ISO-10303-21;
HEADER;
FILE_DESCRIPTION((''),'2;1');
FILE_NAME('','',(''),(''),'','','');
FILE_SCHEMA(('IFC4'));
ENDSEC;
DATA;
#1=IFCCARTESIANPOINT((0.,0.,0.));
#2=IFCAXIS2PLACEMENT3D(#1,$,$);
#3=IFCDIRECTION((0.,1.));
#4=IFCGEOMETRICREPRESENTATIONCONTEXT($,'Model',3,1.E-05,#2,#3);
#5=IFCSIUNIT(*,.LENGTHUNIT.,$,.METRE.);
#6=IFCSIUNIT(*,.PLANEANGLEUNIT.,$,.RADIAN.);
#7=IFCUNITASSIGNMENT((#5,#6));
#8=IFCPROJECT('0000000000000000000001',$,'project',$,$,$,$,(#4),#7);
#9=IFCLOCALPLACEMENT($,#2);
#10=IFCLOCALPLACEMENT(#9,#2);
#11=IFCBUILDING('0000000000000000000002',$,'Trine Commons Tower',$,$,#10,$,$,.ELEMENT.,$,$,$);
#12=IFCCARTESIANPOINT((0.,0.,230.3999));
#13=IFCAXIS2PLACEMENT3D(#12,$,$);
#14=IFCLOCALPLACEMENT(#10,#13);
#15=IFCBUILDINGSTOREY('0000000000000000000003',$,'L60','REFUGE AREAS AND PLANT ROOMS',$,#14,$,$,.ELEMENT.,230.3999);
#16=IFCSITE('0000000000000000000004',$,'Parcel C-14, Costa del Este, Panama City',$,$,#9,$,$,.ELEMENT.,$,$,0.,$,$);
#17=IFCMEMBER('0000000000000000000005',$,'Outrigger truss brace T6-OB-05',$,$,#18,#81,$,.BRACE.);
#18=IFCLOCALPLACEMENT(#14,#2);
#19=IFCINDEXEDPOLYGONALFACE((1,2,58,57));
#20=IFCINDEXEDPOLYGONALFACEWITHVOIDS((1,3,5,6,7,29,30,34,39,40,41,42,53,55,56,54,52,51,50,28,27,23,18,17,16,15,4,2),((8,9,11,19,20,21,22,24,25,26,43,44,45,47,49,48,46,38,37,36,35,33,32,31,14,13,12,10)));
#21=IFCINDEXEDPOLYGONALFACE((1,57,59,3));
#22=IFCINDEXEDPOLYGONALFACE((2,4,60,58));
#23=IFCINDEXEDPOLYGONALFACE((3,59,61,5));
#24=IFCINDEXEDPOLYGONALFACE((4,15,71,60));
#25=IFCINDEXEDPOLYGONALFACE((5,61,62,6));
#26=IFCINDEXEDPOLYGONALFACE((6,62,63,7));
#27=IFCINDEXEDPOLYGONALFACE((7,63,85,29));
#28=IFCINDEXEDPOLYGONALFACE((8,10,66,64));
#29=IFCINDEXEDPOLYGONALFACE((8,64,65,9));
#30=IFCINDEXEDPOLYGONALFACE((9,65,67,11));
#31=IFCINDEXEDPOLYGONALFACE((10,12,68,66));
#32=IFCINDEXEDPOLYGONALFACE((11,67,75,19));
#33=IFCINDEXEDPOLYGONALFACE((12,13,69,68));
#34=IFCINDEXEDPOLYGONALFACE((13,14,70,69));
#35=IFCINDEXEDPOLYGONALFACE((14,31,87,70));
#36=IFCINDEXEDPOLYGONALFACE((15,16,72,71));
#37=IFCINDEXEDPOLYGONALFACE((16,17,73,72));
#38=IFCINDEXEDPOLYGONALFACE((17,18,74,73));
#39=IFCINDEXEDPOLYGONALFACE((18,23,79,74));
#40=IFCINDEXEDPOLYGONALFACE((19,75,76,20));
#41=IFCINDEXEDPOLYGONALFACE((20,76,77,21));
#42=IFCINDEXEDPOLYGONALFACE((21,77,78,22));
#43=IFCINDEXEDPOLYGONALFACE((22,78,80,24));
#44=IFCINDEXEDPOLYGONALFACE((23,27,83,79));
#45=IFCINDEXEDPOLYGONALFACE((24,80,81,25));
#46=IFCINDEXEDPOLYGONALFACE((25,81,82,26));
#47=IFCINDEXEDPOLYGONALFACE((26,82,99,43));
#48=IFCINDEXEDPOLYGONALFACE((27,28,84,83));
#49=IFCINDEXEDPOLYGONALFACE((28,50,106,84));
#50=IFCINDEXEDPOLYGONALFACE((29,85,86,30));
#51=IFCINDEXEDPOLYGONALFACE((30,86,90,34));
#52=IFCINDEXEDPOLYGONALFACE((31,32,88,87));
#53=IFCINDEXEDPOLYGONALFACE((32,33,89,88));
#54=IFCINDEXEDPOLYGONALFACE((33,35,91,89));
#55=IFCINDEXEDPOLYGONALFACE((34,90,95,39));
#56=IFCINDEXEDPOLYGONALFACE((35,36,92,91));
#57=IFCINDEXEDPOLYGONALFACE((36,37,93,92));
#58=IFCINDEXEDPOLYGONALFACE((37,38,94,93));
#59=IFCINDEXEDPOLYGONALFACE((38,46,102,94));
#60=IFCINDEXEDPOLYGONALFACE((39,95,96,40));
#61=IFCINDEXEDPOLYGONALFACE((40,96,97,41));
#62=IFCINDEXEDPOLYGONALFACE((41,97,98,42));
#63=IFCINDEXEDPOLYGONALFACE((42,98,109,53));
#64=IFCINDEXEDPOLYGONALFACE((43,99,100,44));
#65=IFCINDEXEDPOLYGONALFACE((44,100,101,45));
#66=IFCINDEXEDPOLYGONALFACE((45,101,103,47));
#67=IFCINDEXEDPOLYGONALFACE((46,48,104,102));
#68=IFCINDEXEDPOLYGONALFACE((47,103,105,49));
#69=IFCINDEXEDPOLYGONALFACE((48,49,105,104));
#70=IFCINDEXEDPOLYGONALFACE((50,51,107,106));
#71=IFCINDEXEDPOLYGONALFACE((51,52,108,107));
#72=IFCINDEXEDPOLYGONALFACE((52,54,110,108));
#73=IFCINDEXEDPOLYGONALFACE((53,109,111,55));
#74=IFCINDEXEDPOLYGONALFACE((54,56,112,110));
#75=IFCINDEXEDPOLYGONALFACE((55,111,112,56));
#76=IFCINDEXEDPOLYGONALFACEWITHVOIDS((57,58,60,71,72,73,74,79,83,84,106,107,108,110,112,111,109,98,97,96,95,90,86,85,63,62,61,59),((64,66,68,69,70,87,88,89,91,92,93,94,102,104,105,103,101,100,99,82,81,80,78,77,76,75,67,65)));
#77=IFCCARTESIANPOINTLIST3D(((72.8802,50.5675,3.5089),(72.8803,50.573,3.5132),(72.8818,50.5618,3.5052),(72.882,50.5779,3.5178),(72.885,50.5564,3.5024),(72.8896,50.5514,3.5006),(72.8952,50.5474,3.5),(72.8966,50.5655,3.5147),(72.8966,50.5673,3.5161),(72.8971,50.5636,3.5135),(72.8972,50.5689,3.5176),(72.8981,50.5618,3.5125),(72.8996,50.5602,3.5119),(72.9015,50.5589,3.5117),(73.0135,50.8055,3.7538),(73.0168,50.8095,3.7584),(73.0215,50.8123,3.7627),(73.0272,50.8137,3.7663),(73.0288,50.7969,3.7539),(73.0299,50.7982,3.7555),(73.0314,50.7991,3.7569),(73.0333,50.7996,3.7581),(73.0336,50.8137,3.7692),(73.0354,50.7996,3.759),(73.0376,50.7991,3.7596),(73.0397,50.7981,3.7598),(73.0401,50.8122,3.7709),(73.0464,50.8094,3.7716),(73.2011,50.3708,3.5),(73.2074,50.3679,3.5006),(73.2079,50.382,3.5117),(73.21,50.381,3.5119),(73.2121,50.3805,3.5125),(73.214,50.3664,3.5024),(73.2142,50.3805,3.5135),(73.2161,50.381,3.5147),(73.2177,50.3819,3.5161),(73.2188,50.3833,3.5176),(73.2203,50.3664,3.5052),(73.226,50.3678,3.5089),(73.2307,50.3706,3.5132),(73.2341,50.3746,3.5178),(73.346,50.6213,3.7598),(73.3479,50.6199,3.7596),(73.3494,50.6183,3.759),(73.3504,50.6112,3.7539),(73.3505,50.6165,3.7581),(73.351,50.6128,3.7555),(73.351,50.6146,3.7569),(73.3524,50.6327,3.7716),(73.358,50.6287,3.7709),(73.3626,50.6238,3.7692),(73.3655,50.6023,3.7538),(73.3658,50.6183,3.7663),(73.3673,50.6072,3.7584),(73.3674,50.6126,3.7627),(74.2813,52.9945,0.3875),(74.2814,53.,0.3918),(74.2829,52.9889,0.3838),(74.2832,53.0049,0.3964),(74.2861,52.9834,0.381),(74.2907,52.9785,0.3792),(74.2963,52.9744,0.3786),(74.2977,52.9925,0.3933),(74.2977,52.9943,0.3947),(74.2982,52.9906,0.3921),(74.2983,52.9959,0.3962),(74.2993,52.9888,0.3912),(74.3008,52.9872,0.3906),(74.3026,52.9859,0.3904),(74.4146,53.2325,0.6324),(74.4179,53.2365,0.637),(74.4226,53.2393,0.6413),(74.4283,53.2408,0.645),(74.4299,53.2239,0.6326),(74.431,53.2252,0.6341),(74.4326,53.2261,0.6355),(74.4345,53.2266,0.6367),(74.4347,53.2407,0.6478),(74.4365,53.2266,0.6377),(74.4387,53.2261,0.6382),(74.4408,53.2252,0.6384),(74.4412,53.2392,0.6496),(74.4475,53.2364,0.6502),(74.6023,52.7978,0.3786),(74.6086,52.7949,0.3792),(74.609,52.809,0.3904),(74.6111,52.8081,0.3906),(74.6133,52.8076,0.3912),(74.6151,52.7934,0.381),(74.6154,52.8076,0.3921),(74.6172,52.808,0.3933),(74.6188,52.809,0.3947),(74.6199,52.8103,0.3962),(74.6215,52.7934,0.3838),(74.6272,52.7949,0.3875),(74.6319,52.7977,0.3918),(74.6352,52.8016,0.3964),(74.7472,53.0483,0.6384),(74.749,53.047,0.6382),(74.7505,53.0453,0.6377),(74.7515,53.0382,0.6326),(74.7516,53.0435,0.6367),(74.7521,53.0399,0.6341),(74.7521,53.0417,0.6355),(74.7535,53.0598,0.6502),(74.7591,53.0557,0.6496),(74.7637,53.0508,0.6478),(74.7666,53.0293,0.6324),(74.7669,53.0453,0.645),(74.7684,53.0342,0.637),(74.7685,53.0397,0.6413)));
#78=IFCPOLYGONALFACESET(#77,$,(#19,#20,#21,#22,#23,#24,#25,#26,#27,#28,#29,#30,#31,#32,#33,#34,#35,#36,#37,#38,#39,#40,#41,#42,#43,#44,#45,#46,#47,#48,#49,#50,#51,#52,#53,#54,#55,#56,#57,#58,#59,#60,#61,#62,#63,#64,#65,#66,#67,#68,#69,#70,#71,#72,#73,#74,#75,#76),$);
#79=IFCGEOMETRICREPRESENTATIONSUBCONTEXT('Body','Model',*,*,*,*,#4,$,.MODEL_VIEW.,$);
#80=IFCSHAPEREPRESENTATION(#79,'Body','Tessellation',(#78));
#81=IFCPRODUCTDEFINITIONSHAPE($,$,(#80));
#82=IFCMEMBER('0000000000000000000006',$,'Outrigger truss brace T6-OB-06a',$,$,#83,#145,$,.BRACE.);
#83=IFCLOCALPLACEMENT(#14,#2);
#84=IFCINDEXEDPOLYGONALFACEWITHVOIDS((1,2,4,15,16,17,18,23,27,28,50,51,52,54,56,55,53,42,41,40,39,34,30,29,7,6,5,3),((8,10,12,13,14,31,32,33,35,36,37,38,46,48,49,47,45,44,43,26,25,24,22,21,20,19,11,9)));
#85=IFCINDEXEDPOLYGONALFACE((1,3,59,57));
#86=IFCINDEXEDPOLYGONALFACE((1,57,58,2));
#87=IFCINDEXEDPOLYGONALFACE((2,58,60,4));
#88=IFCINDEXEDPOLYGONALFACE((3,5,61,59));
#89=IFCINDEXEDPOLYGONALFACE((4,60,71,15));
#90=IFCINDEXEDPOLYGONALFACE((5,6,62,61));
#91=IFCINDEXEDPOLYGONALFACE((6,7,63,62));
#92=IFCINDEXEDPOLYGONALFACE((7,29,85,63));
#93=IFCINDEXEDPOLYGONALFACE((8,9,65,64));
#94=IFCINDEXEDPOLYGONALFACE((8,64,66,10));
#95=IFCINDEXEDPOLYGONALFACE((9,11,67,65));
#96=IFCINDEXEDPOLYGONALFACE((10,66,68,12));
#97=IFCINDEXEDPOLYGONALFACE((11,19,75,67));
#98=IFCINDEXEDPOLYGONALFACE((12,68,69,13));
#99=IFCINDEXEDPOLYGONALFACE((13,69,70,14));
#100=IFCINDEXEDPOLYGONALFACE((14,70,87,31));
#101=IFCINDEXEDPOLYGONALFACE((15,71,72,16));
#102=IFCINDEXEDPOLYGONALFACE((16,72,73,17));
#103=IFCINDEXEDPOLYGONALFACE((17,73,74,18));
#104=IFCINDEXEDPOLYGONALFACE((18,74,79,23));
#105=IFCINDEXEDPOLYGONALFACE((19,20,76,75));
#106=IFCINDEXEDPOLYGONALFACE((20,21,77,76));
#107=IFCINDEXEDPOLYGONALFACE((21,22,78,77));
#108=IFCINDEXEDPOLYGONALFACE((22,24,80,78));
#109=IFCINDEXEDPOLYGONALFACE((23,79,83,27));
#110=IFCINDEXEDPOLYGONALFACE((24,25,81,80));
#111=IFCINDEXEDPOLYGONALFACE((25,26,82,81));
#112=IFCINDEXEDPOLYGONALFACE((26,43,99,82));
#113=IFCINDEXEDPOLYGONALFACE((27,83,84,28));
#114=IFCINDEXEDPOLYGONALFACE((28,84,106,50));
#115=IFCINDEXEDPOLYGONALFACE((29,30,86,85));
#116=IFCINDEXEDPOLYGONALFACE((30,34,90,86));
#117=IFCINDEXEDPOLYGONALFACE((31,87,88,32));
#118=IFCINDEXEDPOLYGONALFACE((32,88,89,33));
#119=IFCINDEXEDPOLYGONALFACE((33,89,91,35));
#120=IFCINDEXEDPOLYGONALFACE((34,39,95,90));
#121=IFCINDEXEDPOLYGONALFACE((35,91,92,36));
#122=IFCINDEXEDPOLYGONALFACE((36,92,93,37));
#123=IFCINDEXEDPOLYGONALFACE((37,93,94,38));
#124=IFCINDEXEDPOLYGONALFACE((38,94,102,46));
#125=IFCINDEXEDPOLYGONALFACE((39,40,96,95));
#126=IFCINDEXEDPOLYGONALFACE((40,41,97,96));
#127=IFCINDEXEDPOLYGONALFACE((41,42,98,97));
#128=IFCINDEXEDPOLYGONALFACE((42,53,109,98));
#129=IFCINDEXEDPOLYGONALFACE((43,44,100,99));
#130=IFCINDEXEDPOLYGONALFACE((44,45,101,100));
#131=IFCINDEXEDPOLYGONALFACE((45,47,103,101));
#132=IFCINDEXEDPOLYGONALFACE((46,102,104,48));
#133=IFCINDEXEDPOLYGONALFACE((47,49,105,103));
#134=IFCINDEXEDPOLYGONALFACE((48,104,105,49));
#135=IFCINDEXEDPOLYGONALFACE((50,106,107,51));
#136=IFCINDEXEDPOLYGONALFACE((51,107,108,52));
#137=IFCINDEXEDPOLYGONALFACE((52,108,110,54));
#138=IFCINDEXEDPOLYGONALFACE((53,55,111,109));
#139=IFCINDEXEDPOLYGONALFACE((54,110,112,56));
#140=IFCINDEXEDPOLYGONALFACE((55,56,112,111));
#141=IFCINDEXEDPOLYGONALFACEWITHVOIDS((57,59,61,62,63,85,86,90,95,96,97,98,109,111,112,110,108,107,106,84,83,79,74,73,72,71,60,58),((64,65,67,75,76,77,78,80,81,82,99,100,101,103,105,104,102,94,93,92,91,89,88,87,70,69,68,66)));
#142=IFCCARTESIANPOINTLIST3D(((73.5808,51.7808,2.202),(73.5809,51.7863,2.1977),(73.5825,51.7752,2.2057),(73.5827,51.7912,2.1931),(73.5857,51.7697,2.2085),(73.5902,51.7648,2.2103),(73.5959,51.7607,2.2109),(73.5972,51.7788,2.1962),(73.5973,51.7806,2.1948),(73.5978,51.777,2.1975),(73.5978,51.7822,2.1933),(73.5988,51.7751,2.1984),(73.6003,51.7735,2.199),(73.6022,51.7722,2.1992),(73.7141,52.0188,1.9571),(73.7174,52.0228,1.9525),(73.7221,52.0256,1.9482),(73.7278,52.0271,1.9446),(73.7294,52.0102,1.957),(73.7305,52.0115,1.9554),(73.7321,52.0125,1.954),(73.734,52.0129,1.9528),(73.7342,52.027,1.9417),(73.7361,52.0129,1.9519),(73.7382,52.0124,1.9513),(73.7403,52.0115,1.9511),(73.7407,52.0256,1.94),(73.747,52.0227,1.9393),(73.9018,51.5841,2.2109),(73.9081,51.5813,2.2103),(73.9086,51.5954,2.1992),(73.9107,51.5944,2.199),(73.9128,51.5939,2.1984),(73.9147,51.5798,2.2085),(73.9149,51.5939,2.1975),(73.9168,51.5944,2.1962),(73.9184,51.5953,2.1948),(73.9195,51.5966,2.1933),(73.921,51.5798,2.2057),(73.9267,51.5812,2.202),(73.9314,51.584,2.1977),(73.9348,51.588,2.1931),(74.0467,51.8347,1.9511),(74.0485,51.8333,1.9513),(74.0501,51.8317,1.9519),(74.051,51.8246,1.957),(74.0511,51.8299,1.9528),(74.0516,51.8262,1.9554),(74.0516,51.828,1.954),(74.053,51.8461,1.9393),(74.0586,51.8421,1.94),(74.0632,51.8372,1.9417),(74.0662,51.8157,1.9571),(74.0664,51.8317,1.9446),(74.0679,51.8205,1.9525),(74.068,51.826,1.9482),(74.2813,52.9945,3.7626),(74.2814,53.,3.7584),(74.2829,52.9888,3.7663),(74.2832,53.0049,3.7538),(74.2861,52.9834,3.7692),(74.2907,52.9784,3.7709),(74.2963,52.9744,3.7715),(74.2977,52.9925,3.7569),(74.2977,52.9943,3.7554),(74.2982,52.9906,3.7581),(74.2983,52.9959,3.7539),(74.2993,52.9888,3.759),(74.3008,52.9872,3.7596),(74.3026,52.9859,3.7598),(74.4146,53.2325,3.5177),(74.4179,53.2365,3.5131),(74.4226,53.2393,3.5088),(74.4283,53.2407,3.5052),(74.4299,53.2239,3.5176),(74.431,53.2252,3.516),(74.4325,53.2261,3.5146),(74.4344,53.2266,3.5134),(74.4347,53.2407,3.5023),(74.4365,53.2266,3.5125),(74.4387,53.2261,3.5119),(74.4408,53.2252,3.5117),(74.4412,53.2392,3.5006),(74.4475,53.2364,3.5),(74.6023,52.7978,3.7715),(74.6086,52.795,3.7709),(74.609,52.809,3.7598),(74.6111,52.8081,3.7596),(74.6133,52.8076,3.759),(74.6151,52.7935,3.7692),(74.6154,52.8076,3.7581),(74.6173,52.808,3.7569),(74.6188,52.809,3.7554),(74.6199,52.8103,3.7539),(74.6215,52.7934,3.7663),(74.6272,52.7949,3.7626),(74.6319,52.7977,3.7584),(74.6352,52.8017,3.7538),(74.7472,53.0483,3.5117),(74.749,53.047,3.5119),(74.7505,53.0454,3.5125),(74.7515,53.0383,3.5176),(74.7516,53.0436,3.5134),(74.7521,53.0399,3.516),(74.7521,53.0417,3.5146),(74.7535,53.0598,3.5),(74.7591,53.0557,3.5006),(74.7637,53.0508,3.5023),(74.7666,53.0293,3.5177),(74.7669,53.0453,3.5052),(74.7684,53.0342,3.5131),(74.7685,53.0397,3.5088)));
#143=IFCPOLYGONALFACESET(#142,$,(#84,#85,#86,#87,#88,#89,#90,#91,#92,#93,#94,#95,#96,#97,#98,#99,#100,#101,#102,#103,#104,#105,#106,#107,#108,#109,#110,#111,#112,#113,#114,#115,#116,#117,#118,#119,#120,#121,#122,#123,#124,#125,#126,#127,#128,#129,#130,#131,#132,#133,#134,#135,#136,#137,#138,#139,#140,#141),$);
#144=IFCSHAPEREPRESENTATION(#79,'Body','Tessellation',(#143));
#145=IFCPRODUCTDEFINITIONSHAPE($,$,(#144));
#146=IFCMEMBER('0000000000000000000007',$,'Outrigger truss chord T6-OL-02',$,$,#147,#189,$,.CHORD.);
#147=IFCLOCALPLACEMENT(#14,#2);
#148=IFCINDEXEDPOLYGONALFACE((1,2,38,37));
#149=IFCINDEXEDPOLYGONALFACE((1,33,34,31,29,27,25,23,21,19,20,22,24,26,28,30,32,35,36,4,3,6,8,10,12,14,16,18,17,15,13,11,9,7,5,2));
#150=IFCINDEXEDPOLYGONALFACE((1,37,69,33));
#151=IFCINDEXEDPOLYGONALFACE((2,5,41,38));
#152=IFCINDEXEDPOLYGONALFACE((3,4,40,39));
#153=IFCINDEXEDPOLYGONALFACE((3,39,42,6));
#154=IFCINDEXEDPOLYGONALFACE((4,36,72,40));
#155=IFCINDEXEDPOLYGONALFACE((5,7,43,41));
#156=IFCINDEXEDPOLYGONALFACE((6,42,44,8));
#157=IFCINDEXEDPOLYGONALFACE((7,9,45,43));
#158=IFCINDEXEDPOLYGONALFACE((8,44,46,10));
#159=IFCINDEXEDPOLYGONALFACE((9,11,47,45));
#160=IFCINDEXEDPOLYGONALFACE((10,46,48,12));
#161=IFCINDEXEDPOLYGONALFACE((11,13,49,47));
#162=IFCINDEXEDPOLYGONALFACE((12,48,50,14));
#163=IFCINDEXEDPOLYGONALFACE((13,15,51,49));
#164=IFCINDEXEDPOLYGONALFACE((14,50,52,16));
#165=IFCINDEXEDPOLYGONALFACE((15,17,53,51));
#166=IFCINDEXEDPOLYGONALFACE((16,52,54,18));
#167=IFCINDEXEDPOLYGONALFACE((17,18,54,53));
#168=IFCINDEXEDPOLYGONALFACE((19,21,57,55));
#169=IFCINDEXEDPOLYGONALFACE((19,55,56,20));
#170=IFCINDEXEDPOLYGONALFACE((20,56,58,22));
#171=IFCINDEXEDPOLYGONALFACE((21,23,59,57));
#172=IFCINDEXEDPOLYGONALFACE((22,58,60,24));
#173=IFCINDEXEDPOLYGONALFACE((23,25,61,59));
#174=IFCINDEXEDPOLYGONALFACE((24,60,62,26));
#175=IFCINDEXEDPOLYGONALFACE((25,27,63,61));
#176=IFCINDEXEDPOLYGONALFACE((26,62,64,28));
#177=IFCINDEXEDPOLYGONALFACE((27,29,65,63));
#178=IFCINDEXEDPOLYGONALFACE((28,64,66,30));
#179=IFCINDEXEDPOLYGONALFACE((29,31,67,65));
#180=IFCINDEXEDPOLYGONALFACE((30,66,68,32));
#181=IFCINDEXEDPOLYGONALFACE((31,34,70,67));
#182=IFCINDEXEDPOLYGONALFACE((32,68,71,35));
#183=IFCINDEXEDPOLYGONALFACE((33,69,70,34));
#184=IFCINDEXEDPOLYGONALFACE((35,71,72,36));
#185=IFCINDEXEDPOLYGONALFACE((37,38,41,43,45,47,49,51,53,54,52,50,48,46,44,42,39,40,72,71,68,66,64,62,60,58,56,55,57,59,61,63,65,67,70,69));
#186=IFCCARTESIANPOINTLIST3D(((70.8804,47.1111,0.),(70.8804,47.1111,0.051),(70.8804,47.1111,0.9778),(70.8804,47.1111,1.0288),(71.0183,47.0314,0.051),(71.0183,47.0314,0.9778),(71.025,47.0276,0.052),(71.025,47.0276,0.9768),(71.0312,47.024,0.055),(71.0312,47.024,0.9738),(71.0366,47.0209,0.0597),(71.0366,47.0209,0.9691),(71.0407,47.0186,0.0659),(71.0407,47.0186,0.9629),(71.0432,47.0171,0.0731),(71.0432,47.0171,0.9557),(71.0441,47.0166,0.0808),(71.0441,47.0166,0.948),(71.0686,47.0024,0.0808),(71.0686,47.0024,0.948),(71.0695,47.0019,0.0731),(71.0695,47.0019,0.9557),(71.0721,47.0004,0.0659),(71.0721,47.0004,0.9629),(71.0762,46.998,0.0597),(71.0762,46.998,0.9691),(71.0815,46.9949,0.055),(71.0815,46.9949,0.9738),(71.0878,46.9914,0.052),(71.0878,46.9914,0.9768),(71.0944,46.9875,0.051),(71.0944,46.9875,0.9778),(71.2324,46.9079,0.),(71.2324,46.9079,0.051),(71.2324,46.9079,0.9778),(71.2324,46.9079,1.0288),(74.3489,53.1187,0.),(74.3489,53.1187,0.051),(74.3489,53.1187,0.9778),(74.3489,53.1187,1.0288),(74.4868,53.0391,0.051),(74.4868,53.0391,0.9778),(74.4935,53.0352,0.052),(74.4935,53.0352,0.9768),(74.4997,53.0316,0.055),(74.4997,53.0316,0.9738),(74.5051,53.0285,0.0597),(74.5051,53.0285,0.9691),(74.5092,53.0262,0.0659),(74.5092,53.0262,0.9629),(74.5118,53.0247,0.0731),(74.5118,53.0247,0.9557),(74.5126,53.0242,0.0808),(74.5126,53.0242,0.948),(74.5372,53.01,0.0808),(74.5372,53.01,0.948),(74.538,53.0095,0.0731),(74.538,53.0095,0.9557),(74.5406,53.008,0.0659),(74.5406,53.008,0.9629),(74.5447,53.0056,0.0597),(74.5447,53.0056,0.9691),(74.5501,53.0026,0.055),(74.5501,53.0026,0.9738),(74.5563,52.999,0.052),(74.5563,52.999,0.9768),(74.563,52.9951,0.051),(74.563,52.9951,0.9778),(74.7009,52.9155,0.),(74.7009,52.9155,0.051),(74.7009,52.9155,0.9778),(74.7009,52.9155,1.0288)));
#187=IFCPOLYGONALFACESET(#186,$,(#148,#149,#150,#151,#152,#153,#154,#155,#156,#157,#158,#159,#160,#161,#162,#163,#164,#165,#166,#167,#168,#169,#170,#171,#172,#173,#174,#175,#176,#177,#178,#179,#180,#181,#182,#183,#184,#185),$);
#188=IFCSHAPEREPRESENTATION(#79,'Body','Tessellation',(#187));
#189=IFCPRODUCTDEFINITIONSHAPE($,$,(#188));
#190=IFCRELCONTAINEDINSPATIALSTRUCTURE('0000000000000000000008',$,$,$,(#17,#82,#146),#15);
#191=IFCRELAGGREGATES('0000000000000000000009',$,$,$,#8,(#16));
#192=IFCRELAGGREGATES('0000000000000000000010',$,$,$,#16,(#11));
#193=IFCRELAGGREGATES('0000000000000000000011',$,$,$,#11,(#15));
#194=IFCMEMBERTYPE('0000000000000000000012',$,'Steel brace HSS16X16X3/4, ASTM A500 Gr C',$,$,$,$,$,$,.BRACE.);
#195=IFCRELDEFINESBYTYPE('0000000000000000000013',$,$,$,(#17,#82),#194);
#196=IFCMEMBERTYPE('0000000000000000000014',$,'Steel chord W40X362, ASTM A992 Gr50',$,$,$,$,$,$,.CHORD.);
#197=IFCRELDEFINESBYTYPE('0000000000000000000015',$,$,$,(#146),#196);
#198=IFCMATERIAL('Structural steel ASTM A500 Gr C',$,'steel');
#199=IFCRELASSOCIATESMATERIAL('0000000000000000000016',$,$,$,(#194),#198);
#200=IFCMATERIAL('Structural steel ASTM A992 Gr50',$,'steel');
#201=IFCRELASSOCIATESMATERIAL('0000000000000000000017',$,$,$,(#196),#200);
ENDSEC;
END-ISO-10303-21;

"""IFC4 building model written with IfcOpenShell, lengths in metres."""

from ifc_helpers import new_model, si_unit, direction, frame, origin, origin_2d, place, context, subcontext, project, spatial, hollow_rectangle, i_section, extrude, material, material_profile, profile_set, type_object, element, save


model = new_model("IFC4")

# Units and contexts
model_context = context("Model", 3, precision=1e-05, world=origin(), true_north=direction((0.0, 1.0)))
body_context = subcontext(model_context, "Body", "Model", "MODEL_VIEW")
ifc_project = project(units=[si_unit("LENGTHUNIT", "METRE"), si_unit("PLANEANGLEUNIT", "RADIAN")], contexts=[model_context])

# Site, building, storey
site_placement = place(None, origin())
site = spatial("IfcSite", under=ifc_project, at=site_placement, Name="Parcel C-14, Costa del Este, Panama City", CompositionType="ELEMENT", RefElevation=0.0)
building_placement = place(site_placement, origin())
building = spatial("IfcBuilding", under=site, at=building_placement, Name="Trine Commons Tower", CompositionType="ELEMENT")
storey_placement = place(building_placement, frame((0.0, 0.0, 230.3999)))
storey = spatial("IfcBuildingStorey", under=building, at=storey_placement, Name="L60", Description="REFUGE AREAS AND PLANT ROOMS", CompositionType="ELEMENT", Elevation=230.3999)

# Members
ifc_material_1 = material(Name="Structural steel ASTM A500 Gr C", Category="steel")
ifc_material_profile_1 = material_profile(ifc_material_1, hollow_rectangle(XDim=0.4065, YDim=0.4065, WallThickness=0.0176, InnerFilletRadius=0.0088, OuterFilletRadius=0.0266, at=origin_2d()), Name="HSS16X16X3/4")
ifc_profile_set_1 = profile_set([ifc_material_profile_1], Name="Structural steel ASTM A500 Gr C")
member_type_1 = type_object("IfcMemberType", Name="Steel brace HSS16X16X3/4, ASTM A500 Gr C", PredefinedType="BRACE", material=ifc_profile_set_1)
member_1_placement = place(storey_placement, frame((74.5249, 53.0171, 0.5144), z_axis=(-0.334015, -0.578576, 0.744099), x_axis=(0.866042, -0.499971, 0.0)))
element("IfcMember", 1, at=member_1_placement, inside=storey, type_object=member_type_1, Name="Outrigger truss brace T6-OB-05", PredefinedType="BRACE", context=body_context, shape_type="SweptSolid", body=[
    extrude(hollow_rectangle(XDim=0.4065, YDim=0.4065, WallThickness=0.0176, InnerFilletRadius=0.0088, OuterFilletRadius=0.0266, at=origin_2d()), origin(), (0.0, 0.0, 1.0), 4.1948),
])
member_2_placement = place(storey_placement, frame((74.5249, 53.0171, 3.6357), z_axis=(-0.333967, -0.578651, -0.744063), x_axis=(0.866101, -0.499868, 0.0)))
element("IfcMember", 2, at=member_2_placement, inside=storey, type_object=member_type_1, Name="Outrigger truss brace T6-OB-06a", PredefinedType="BRACE", context=body_context, shape_type="SweptSolid", body=[
    extrude(hollow_rectangle(XDim=0.4065, YDim=0.4065, WallThickness=0.0176, InnerFilletRadius=0.0088, OuterFilletRadius=0.0266, at=origin_2d()), origin(), (0.0, 0.0, 1.0), 2.0974),
])
ifc_material_2 = material(Name="Structural steel ASTM A992 Gr50", Category="steel")
ifc_material_profile_2 = material_profile(ifc_material_2, i_section(OverallWidth=0.4065, OverallDepth=1.0288, WebThickness=0.0283, FlangeThickness=0.051, FilletRadius=0.0298, at=origin_2d()), Name="W40X362")
ifc_profile_set_2 = profile_set([ifc_material_profile_2], Name="Structural steel ASTM A992 Gr50")
member_type_2 = type_object("IfcMemberType", Name="Steel chord W40X362, ASTM A992 Gr50", PredefinedType="CHORD", material=ifc_profile_set_2)
member_3_placement = place(storey_placement, frame((74.5249, 53.0171, 0.5144), z_axis=(-0.500004, -0.866023, 0.0), x_axis=(0.866023, -0.500004, 0.0)))
element("IfcMember", 3, at=member_3_placement, inside=storey, type_object=member_type_2, Name="Outrigger truss chord T6-OL-02", PredefinedType="CHORD", context=body_context, shape_type="SweptSolid", body=[
    extrude(i_section(OverallWidth=0.4065, OverallDepth=1.0288, WebThickness=0.0283, FlangeThickness=0.051, FilletRadius=0.0298, at=origin_2d()), origin(), (0.0, 0.0, 1.0), 6.937),
])

save(model, "model.ifc")
